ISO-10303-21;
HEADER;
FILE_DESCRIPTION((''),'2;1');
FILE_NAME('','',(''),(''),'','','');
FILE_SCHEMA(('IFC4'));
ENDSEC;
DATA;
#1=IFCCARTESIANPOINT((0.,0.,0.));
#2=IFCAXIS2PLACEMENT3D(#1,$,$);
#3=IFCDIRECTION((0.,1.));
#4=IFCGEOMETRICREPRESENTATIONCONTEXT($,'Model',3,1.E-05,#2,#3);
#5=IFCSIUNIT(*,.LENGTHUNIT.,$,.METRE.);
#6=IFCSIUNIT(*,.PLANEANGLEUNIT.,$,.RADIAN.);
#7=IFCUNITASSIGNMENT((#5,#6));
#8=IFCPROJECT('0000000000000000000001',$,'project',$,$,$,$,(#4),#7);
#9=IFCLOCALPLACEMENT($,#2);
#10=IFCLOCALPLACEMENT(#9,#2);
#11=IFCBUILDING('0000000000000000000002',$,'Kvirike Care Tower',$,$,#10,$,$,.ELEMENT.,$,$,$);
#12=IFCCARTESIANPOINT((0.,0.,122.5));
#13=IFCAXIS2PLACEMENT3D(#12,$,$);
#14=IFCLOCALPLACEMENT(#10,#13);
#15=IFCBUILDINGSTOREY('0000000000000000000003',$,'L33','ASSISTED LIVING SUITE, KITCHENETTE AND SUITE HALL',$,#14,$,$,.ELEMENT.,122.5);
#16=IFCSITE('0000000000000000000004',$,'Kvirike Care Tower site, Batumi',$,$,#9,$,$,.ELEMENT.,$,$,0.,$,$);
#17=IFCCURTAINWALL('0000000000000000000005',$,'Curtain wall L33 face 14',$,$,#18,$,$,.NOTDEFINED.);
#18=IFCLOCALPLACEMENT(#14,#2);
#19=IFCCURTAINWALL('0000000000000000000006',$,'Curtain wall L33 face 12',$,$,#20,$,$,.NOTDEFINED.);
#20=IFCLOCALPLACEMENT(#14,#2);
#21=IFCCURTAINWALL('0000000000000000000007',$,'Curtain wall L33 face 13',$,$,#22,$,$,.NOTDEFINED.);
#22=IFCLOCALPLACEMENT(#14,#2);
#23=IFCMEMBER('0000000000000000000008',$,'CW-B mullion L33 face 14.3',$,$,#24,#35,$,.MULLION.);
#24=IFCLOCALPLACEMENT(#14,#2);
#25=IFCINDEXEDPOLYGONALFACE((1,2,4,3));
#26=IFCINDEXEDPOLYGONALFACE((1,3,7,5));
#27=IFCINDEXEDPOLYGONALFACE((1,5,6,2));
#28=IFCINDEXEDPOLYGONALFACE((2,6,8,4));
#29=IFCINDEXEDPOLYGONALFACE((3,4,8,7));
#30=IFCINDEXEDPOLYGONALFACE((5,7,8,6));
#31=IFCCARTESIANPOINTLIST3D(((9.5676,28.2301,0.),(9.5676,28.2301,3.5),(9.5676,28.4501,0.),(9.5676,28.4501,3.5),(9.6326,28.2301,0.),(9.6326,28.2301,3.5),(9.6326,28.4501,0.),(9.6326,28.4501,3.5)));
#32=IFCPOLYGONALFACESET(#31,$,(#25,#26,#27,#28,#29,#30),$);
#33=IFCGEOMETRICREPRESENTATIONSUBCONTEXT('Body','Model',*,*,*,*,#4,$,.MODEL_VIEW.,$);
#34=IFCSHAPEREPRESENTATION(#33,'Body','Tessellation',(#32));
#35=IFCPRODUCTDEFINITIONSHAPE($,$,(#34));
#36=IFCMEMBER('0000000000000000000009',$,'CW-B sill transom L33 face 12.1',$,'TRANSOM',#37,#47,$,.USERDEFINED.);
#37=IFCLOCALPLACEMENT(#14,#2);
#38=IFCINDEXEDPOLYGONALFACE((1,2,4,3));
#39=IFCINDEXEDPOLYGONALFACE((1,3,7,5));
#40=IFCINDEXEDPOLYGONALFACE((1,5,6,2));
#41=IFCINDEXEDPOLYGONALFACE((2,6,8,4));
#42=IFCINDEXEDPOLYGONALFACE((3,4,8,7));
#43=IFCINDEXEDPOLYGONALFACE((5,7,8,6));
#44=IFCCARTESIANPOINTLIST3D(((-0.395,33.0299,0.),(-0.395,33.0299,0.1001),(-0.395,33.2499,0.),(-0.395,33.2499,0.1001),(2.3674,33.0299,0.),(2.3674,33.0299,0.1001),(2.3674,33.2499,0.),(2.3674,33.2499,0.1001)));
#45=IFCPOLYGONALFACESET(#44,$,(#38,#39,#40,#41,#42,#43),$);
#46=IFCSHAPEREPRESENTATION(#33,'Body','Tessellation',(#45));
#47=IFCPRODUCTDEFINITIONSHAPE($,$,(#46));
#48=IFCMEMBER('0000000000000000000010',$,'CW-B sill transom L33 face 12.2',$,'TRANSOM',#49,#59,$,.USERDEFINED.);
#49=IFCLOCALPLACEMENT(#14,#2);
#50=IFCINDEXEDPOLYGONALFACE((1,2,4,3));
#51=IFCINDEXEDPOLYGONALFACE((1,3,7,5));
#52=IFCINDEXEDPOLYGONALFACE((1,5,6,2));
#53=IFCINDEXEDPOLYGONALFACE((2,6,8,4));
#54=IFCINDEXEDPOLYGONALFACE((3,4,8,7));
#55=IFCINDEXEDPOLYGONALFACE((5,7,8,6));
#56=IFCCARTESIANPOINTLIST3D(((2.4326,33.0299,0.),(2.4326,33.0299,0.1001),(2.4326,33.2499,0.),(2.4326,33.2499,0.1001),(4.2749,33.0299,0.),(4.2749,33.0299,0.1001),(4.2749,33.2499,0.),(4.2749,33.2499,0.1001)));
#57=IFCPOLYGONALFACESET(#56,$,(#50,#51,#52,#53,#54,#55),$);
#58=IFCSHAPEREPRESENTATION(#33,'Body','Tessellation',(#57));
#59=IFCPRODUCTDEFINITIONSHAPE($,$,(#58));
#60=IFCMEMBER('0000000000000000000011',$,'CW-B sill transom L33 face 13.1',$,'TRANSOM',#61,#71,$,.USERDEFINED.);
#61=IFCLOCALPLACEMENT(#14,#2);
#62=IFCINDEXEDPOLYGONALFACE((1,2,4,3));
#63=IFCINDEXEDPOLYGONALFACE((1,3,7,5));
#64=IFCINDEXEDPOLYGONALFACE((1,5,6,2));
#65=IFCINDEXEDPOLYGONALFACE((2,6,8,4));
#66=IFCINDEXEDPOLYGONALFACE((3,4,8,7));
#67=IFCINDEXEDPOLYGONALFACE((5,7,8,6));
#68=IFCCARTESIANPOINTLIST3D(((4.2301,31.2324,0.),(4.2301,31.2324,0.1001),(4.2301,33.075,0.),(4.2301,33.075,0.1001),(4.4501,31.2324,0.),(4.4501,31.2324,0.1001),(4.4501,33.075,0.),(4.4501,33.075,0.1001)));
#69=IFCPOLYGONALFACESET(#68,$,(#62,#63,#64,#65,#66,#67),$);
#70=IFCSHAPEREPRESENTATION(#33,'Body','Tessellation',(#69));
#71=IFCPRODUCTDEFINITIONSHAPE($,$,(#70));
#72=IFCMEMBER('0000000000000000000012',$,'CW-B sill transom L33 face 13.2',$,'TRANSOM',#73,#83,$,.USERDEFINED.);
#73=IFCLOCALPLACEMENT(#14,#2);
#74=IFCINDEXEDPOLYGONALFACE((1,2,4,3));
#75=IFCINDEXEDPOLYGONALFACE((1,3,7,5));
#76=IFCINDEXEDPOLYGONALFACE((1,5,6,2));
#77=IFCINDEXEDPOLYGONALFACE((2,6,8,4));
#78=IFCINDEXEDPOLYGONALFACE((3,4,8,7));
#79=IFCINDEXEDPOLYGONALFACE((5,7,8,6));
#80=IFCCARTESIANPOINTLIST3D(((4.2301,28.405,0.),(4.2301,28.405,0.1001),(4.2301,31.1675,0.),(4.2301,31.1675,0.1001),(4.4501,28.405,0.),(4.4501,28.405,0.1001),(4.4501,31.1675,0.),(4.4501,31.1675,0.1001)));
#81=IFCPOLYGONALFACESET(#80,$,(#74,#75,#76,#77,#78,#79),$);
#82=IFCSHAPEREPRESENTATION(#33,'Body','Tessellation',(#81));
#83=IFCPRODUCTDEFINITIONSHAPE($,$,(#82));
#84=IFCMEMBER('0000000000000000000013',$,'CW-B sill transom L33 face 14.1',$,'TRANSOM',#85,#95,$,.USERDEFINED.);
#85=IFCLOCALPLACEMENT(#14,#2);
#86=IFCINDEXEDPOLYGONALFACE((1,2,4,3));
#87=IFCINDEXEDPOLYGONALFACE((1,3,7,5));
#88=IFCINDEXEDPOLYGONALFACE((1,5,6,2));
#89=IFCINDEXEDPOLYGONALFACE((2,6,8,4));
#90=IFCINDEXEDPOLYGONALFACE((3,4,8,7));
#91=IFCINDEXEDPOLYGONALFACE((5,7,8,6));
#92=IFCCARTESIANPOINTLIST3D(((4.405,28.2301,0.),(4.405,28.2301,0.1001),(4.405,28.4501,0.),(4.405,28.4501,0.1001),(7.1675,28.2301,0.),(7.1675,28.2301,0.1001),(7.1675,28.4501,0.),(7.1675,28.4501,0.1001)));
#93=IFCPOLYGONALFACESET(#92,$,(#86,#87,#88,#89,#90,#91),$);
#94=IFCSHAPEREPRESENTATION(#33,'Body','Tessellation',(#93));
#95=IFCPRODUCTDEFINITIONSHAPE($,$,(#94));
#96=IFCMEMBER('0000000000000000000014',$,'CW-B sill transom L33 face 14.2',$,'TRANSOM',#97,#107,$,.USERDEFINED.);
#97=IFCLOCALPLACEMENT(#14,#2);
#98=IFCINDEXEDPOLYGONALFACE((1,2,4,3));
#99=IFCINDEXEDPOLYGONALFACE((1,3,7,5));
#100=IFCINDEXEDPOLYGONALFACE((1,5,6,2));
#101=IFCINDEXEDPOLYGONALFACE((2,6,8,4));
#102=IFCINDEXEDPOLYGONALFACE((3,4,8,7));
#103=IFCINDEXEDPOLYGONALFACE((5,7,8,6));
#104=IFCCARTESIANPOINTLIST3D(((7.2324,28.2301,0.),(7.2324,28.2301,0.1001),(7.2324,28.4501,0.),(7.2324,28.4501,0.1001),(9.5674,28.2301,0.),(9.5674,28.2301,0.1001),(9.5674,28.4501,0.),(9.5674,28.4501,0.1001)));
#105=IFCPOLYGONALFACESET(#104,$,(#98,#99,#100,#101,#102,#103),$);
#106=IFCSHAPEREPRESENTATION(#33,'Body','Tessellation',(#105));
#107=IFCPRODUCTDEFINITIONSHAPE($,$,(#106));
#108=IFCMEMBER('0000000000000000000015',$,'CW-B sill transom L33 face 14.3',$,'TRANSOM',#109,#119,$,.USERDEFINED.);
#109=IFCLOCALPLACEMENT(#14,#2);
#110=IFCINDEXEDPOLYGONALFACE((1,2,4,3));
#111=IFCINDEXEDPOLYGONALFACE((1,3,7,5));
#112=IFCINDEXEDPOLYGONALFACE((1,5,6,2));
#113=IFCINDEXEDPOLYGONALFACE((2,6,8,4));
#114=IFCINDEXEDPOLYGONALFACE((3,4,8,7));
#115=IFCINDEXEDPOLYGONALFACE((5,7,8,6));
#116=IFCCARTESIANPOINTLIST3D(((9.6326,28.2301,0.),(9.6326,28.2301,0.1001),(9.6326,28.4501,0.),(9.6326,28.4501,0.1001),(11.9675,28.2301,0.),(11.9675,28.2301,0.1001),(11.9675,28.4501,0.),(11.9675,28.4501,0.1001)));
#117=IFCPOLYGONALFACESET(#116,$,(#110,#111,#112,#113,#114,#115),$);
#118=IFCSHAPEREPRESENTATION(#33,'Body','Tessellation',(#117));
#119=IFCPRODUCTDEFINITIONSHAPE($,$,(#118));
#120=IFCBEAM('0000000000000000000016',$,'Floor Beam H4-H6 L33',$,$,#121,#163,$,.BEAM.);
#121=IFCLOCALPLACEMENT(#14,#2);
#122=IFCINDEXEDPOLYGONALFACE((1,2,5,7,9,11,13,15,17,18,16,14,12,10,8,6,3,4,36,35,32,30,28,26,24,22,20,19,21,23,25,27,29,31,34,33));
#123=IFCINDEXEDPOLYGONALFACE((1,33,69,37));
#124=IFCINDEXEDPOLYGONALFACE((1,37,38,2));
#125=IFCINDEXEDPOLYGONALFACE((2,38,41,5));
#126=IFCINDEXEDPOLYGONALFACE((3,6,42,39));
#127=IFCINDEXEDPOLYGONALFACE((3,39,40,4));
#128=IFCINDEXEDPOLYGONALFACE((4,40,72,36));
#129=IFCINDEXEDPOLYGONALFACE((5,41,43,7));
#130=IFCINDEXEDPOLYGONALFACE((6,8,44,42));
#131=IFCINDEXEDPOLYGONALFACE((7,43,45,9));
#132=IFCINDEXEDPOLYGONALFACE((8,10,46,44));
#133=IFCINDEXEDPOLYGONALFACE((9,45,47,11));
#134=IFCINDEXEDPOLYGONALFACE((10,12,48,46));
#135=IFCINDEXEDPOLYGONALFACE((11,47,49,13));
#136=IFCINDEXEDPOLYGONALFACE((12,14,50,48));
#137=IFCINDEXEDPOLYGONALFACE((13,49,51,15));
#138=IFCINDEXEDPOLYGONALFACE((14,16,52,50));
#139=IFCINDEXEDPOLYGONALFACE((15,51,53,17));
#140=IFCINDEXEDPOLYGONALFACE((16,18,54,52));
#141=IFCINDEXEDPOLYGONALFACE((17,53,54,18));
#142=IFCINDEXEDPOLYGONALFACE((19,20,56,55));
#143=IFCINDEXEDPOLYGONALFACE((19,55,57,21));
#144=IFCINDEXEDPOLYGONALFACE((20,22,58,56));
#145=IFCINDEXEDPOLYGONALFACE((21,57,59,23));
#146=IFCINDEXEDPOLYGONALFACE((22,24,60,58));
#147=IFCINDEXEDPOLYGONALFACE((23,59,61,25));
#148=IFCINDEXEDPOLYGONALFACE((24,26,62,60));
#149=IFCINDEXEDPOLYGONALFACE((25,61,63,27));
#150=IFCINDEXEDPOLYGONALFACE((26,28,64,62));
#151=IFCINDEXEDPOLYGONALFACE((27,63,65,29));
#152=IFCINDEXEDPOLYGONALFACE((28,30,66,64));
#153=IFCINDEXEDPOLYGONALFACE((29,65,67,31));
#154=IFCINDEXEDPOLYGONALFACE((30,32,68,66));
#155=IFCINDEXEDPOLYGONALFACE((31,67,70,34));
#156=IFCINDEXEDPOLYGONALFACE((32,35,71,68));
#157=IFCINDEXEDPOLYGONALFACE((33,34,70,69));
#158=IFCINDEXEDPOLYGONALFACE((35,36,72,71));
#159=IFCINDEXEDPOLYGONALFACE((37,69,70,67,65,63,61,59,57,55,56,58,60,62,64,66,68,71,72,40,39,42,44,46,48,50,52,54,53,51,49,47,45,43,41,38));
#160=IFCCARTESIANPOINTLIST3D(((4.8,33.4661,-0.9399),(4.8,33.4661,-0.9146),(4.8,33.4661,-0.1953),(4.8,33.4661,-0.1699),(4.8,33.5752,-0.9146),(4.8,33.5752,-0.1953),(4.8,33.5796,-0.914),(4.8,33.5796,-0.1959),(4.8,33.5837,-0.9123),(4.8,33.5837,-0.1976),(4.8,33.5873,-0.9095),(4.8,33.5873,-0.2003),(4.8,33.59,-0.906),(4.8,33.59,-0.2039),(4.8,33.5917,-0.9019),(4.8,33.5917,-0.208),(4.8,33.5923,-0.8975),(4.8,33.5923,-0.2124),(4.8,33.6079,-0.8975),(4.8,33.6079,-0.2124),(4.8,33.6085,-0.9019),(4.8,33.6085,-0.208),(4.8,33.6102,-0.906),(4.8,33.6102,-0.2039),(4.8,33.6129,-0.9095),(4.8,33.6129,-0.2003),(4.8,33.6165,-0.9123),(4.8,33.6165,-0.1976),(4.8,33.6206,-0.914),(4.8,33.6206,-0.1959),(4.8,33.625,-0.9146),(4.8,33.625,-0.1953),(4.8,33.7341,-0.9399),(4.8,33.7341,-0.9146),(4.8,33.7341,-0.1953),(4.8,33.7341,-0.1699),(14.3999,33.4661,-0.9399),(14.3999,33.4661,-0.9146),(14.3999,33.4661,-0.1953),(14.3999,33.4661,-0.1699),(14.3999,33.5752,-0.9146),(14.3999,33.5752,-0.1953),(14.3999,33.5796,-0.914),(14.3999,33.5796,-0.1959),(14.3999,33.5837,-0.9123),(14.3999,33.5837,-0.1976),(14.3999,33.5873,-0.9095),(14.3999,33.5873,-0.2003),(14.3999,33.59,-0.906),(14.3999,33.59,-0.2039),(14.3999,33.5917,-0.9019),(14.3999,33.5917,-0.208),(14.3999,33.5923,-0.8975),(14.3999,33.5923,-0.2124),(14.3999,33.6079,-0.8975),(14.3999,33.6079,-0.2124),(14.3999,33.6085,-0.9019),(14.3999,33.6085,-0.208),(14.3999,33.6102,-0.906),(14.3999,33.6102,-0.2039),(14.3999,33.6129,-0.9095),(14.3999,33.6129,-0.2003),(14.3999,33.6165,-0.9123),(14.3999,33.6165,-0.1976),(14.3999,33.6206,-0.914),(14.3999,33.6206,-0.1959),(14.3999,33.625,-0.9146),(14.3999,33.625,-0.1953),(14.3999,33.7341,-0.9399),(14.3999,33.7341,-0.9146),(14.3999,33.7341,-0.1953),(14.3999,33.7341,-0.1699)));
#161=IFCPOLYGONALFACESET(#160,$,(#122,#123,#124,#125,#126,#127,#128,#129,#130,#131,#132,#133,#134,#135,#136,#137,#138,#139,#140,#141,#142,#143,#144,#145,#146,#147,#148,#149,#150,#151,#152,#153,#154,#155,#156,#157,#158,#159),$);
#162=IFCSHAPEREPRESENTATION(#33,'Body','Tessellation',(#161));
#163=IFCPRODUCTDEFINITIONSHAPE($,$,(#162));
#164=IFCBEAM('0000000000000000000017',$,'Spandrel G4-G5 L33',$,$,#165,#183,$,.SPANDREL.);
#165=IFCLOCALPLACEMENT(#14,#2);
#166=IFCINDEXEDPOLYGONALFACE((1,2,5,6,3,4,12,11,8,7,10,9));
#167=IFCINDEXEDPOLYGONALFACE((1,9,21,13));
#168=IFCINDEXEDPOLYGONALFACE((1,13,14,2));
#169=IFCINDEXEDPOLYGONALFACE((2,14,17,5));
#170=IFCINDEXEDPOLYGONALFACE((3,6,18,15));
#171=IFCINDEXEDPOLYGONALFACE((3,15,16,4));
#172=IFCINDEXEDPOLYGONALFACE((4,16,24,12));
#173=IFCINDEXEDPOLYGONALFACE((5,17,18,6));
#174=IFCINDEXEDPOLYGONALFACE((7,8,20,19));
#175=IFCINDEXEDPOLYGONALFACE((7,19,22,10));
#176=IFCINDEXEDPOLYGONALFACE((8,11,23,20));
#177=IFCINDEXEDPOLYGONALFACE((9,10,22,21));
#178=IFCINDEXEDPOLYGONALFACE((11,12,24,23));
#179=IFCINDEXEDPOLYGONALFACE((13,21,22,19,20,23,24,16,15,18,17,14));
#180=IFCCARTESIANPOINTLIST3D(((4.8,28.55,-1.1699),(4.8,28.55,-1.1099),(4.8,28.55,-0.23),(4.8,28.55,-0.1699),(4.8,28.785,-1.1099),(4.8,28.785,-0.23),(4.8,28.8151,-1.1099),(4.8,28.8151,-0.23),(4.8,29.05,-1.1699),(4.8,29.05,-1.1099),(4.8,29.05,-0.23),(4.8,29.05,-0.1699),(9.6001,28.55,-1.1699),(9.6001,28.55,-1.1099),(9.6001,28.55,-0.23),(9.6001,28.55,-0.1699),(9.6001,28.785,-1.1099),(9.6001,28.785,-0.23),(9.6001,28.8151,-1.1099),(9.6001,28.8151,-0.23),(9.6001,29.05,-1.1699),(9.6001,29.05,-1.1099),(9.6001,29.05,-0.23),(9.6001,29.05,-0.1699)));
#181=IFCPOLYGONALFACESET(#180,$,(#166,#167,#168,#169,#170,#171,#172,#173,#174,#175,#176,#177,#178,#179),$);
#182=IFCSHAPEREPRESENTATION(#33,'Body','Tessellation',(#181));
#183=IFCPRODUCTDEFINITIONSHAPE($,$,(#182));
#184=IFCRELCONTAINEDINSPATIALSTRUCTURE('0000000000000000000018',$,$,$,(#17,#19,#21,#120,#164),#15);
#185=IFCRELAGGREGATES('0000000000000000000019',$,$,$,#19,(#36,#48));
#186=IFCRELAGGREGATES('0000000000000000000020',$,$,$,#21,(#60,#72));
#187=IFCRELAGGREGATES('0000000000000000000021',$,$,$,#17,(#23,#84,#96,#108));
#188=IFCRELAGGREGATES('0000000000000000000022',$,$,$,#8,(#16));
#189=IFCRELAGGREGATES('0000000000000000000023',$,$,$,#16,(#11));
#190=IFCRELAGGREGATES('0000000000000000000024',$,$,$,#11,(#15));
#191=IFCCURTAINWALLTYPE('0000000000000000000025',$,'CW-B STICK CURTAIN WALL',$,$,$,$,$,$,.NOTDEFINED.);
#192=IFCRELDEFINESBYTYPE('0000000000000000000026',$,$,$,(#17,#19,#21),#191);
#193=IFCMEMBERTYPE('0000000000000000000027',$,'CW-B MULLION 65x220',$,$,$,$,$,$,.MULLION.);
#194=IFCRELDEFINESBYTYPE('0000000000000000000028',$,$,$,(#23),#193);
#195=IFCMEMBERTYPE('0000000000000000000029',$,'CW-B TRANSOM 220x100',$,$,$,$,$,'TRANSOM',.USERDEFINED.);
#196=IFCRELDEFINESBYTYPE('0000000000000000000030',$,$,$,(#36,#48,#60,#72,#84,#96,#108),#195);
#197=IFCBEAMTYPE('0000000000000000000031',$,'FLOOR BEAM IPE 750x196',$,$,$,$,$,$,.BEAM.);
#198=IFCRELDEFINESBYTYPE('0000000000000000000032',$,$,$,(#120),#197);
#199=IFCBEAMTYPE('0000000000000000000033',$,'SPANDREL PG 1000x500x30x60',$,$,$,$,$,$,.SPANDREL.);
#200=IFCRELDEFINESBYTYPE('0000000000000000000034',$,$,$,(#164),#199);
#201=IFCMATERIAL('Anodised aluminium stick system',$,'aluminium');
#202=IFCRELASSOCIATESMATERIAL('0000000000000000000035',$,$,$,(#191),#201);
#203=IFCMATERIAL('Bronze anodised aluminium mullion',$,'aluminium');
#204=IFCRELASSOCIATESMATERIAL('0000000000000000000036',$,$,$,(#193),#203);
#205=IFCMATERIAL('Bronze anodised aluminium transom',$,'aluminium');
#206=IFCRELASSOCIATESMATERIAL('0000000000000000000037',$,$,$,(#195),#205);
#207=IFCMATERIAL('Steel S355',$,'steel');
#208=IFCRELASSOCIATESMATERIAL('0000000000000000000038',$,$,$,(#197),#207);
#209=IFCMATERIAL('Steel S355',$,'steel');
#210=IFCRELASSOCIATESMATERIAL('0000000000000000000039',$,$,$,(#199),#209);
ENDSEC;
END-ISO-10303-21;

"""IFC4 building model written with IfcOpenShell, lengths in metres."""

from ifc_helpers import new_model, si_unit, direction, frame, origin, origin_2d, place, context, subcontext, project, spatial, rectangle, i_section, extrude, material, material_profile, profile_set, type_object, element, aggregate, save


model = new_model("IFC4")

# Units and contexts
model_context = context("Model", 3, precision=1e-05, world=origin(), true_north=direction((0.0, 1.0)))
body_context = subcontext(model_context, "Body", "Model", "MODEL_VIEW")
ifc_project = project(units=[si_unit("LENGTHUNIT", "METRE"), si_unit("PLANEANGLEUNIT", "RADIAN")], contexts=[model_context])

# Site, building, storey
site_placement = place(None, origin())
site = spatial("IfcSite", under=ifc_project, at=site_placement, Name="Kvirike Care Tower site, Batumi", CompositionType="ELEMENT", RefElevation=0.0)
building_placement = place(site_placement, origin())
building = spatial("IfcBuilding", under=site, at=building_placement, Name="Kvirike Care Tower", CompositionType="ELEMENT")
storey_placement = place(building_placement, frame((0.0, 0.0, 122.5)))
storey = spatial("IfcBuildingStorey", under=building, at=storey_placement, Name="L33", Description="ASSISTED LIVING SUITE, KITCHENETTE AND SUITE HALL", CompositionType="ELEMENT", Elevation=122.5)

# Curtain wall
ifc_material_1 = material(Name="Anodised aluminium stick system", Category="aluminium")
curtain_wall_type = type_object("IfcCurtainWallType", Name="CW-B STICK CURTAIN WALL", PredefinedType="NOTDEFINED", material=ifc_material_1)
curtain_wall_1_placement = place(storey_placement, origin())
curtain_wall_1 = element("IfcCurtainWall", 1, at=curtain_wall_1_placement, inside=storey, type_object=curtain_wall_type, Name="Curtain wall L33 face 14", PredefinedType="NOTDEFINED")
ifc_material_2 = material(Name="Bronze anodised aluminium mullion", Category="aluminium")
ifc_material_profile_1 = material_profile(ifc_material_2, rectangle(XDim=0.0649, YDim=0.22, at=origin_2d()), Name="CW-B MULLION 65x220")
ifc_profile_set_1 = profile_set([ifc_material_profile_1], Name="Bronze anodised aluminium mullion")
member_type_1 = type_object("IfcMemberType", Name="CW-B MULLION 65x220", PredefinedType="MULLION", material=ifc_profile_set_1)

# Curtain walls
curtain_wall_2_placement = place(storey_placement, origin())
curtain_wall_2 = element("IfcCurtainWall", 2, at=curtain_wall_2_placement, inside=storey, type_object=curtain_wall_type, Name="Curtain wall L33 face 12", PredefinedType="NOTDEFINED")
curtain_wall_3_placement = place(storey_placement, origin())
curtain_wall_3 = element("IfcCurtainWall", 3, at=curtain_wall_3_placement, inside=storey, type_object=curtain_wall_type, Name="Curtain wall L33 face 13", PredefinedType="NOTDEFINED")

# Members
member_1_placement = place(storey_placement, frame((9.6001, 28.3401, 0.0), z_axis=(0.0, 0.0, 1.0), x_axis=(1.0, 0.0, 0.0)))
member_1 = element("IfcMember", 4, at=member_1_placement, type_object=member_type_1, Name="CW-B mullion L33 face 14.3", PredefinedType="MULLION", context=body_context, shape_type="SweptSolid", body=[
    extrude(rectangle(XDim=0.0649, YDim=0.22, at=origin_2d()), origin(), (0.0, 0.0, 1.0), 3.5),
])
ifc_material_3 = material(Name="Bronze anodised aluminium transom", Category="aluminium")
ifc_material_profile_2 = material_profile(ifc_material_3, rectangle(XDim=0.22, YDim=0.1001, at=origin_2d()), Name="CW-B TRANSOM 220x100")
ifc_profile_set_2 = profile_set([ifc_material_profile_2], Name="Bronze anodised aluminium transom")
member_type_2 = type_object("IfcMemberType", Name="CW-B TRANSOM 220x100", ElementType="TRANSOM", PredefinedType="USERDEFINED", material=ifc_profile_set_2)
member_2_placement = place(storey_placement, frame((-0.395, 33.1399, 0.05), z_axis=(1.0, 0.0, 0.0), x_axis=(0.0, 1.0, 0.0)))
member_2 = element("IfcMember", 5, at=member_2_placement, type_object=member_type_2, Name="CW-B sill transom L33 face 12.1", ObjectType="TRANSOM", PredefinedType="USERDEFINED", context=body_context, shape_type="SweptSolid", body=[
    extrude(rectangle(XDim=0.22, YDim=0.1001, at=origin_2d()), origin(), (0.0, 0.0, 1.0), 2.7625),
])
member_3_placement = place(storey_placement, frame((2.4326, 33.1399, 0.05), z_axis=(1.0, 0.0, 0.0), x_axis=(0.0, 1.0, 0.0)))
member_3 = element("IfcMember", 6, at=member_3_placement, type_object=member_type_2, Name="CW-B sill transom L33 face 12.2", ObjectType="TRANSOM", PredefinedType="USERDEFINED", context=body_context, shape_type="SweptSolid", body=[
    extrude(rectangle(XDim=0.22, YDim=0.1001, at=origin_2d()), origin(), (0.0, 0.0, 1.0), 1.8423),
])
member_4_placement = place(storey_placement, frame((4.3401, 33.075, 0.05), z_axis=(0.0, -1.0, 0.0), x_axis=(1.0, 0.0, 0.0)))
member_4 = element("IfcMember", 7, at=member_4_placement, type_object=member_type_2, Name="CW-B sill transom L33 face 13.1", ObjectType="TRANSOM", PredefinedType="USERDEFINED", context=body_context, shape_type="SweptSolid", body=[
    extrude(rectangle(XDim=0.22, YDim=0.1001, at=origin_2d()), origin(), (0.0, 0.0, 1.0), 1.8425),
])
member_5_placement = place(storey_placement, frame((4.3401, 31.1675, 0.05), z_axis=(0.0, -1.0, 0.0), x_axis=(1.0, 0.0, 0.0)))
member_5 = element("IfcMember", 8, at=member_5_placement, type_object=member_type_2, Name="CW-B sill transom L33 face 13.2", ObjectType="TRANSOM", PredefinedType="USERDEFINED", context=body_context, shape_type="SweptSolid", body=[
    extrude(rectangle(XDim=0.22, YDim=0.1001, at=origin_2d()), origin(), (0.0, 0.0, 1.0), 2.7625),
])
member_6_placement = place(storey_placement, frame((4.405, 28.3401, 0.05), z_axis=(1.0, 0.0, 0.0), x_axis=(0.0, 1.0, 0.0)))
member_6 = element("IfcMember", 9, at=member_6_placement, type_object=member_type_2, Name="CW-B sill transom L33 face 14.1", ObjectType="TRANSOM", PredefinedType="USERDEFINED", context=body_context, shape_type="SweptSolid", body=[
    extrude(rectangle(XDim=0.22, YDim=0.1001, at=origin_2d()), origin(), (0.0, 0.0, 1.0), 2.7625),
])
member_7_placement = place(storey_placement, frame((7.2324, 28.3401, 0.05), z_axis=(1.0, 0.0, 0.0), x_axis=(0.0, 1.0, 0.0)))
member_7 = element("IfcMember", 10, at=member_7_placement, type_object=member_type_2, Name="CW-B sill transom L33 face 14.2", ObjectType="TRANSOM", PredefinedType="USERDEFINED", context=body_context, shape_type="SweptSolid", body=[
    extrude(rectangle(XDim=0.22, YDim=0.1001, at=origin_2d()), origin(), (0.0, 0.0, 1.0), 2.335),
])
member_8_placement = place(storey_placement, frame((9.6326, 28.3401, 0.05), z_axis=(1.0, 0.0, 0.0), x_axis=(0.0, 1.0, 0.0)))
member_8 = element("IfcMember", 11, at=member_8_placement, type_object=member_type_2, Name="CW-B sill transom L33 face 14.3", ObjectType="TRANSOM", PredefinedType="USERDEFINED", context=body_context, shape_type="SweptSolid", body=[
    extrude(rectangle(XDim=0.22, YDim=0.1001, at=origin_2d()), origin(), (0.0, 0.0, 1.0), 2.335),
])

# Beams
ifc_material_4 = material(Name="Steel S355", Category="steel")
ifc_material_profile_3 = material_profile(ifc_material_4, i_section(OverallWidth=0.2681, OverallDepth=0.77, WebThickness=0.0156, FlangeThickness=0.0254, FilletRadius=0.0171, at=origin_2d()), Name="IPE 750x196")
ifc_profile_set_3 = profile_set([ifc_material_profile_3], Name="Steel S355")
beam_type_1 = type_object("IfcBeamType", Name="FLOOR BEAM IPE 750x196", PredefinedType="BEAM", material=ifc_profile_set_3)
beam_1_placement = place(storey_placement, frame((4.8, 33.6001, -0.5549), z_axis=(1.0, 0.0, 0.0), x_axis=(0.0, 1.0, 0.0)))
element("IfcBeam", 12, at=beam_1_placement, inside=storey, type_object=beam_type_1, Name="Floor Beam H4-H6 L33", PredefinedType="BEAM", context=body_context, shape_type="SweptSolid", body=[
    extrude(i_section(OverallWidth=0.2681, OverallDepth=0.77, WebThickness=0.0156, FlangeThickness=0.0254, FilletRadius=0.0171, at=origin_2d()), origin(), (0.0, 0.0, 1.0), 9.5999),
])
ifc_material_5 = material(Name="Steel S355", Category="steel")
ifc_material_profile_4 = material_profile(ifc_material_5, i_section(OverallWidth=0.5, OverallDepth=1.0, WebThickness=0.03, FlangeThickness=0.0601, at=origin_2d()), Name="PG 1000x500x30x60")
ifc_profile_set_4 = profile_set([ifc_material_profile_4], Name="Steel S355")
beam_type_2 = type_object("IfcBeamType", Name="SPANDREL PG 1000x500x30x60", PredefinedType="SPANDREL", material=ifc_profile_set_4)
beam_2_placement = place(storey_placement, frame((4.8, 28.8, -0.6699), z_axis=(1.0, 0.0, 0.0), x_axis=(0.0, 1.0, 0.0)))
element("IfcBeam", 13, at=beam_2_placement, inside=storey, type_object=beam_type_2, Name="Spandrel G4-G5 L33", PredefinedType="SPANDREL", context=body_context, shape_type="SweptSolid", body=[
    extrude(i_section(OverallWidth=0.5, OverallDepth=1.0, WebThickness=0.03, FlangeThickness=0.0601, at=origin_2d()), origin(), (0.0, 0.0, 1.0), 4.8),
])

aggregate(curtain_wall_2, [member_2, member_3])
aggregate(curtain_wall_3, [member_4, member_5])
aggregate(curtain_wall_1, [member_1, member_6, member_7, member_8])

save(model, "model.ifc")
